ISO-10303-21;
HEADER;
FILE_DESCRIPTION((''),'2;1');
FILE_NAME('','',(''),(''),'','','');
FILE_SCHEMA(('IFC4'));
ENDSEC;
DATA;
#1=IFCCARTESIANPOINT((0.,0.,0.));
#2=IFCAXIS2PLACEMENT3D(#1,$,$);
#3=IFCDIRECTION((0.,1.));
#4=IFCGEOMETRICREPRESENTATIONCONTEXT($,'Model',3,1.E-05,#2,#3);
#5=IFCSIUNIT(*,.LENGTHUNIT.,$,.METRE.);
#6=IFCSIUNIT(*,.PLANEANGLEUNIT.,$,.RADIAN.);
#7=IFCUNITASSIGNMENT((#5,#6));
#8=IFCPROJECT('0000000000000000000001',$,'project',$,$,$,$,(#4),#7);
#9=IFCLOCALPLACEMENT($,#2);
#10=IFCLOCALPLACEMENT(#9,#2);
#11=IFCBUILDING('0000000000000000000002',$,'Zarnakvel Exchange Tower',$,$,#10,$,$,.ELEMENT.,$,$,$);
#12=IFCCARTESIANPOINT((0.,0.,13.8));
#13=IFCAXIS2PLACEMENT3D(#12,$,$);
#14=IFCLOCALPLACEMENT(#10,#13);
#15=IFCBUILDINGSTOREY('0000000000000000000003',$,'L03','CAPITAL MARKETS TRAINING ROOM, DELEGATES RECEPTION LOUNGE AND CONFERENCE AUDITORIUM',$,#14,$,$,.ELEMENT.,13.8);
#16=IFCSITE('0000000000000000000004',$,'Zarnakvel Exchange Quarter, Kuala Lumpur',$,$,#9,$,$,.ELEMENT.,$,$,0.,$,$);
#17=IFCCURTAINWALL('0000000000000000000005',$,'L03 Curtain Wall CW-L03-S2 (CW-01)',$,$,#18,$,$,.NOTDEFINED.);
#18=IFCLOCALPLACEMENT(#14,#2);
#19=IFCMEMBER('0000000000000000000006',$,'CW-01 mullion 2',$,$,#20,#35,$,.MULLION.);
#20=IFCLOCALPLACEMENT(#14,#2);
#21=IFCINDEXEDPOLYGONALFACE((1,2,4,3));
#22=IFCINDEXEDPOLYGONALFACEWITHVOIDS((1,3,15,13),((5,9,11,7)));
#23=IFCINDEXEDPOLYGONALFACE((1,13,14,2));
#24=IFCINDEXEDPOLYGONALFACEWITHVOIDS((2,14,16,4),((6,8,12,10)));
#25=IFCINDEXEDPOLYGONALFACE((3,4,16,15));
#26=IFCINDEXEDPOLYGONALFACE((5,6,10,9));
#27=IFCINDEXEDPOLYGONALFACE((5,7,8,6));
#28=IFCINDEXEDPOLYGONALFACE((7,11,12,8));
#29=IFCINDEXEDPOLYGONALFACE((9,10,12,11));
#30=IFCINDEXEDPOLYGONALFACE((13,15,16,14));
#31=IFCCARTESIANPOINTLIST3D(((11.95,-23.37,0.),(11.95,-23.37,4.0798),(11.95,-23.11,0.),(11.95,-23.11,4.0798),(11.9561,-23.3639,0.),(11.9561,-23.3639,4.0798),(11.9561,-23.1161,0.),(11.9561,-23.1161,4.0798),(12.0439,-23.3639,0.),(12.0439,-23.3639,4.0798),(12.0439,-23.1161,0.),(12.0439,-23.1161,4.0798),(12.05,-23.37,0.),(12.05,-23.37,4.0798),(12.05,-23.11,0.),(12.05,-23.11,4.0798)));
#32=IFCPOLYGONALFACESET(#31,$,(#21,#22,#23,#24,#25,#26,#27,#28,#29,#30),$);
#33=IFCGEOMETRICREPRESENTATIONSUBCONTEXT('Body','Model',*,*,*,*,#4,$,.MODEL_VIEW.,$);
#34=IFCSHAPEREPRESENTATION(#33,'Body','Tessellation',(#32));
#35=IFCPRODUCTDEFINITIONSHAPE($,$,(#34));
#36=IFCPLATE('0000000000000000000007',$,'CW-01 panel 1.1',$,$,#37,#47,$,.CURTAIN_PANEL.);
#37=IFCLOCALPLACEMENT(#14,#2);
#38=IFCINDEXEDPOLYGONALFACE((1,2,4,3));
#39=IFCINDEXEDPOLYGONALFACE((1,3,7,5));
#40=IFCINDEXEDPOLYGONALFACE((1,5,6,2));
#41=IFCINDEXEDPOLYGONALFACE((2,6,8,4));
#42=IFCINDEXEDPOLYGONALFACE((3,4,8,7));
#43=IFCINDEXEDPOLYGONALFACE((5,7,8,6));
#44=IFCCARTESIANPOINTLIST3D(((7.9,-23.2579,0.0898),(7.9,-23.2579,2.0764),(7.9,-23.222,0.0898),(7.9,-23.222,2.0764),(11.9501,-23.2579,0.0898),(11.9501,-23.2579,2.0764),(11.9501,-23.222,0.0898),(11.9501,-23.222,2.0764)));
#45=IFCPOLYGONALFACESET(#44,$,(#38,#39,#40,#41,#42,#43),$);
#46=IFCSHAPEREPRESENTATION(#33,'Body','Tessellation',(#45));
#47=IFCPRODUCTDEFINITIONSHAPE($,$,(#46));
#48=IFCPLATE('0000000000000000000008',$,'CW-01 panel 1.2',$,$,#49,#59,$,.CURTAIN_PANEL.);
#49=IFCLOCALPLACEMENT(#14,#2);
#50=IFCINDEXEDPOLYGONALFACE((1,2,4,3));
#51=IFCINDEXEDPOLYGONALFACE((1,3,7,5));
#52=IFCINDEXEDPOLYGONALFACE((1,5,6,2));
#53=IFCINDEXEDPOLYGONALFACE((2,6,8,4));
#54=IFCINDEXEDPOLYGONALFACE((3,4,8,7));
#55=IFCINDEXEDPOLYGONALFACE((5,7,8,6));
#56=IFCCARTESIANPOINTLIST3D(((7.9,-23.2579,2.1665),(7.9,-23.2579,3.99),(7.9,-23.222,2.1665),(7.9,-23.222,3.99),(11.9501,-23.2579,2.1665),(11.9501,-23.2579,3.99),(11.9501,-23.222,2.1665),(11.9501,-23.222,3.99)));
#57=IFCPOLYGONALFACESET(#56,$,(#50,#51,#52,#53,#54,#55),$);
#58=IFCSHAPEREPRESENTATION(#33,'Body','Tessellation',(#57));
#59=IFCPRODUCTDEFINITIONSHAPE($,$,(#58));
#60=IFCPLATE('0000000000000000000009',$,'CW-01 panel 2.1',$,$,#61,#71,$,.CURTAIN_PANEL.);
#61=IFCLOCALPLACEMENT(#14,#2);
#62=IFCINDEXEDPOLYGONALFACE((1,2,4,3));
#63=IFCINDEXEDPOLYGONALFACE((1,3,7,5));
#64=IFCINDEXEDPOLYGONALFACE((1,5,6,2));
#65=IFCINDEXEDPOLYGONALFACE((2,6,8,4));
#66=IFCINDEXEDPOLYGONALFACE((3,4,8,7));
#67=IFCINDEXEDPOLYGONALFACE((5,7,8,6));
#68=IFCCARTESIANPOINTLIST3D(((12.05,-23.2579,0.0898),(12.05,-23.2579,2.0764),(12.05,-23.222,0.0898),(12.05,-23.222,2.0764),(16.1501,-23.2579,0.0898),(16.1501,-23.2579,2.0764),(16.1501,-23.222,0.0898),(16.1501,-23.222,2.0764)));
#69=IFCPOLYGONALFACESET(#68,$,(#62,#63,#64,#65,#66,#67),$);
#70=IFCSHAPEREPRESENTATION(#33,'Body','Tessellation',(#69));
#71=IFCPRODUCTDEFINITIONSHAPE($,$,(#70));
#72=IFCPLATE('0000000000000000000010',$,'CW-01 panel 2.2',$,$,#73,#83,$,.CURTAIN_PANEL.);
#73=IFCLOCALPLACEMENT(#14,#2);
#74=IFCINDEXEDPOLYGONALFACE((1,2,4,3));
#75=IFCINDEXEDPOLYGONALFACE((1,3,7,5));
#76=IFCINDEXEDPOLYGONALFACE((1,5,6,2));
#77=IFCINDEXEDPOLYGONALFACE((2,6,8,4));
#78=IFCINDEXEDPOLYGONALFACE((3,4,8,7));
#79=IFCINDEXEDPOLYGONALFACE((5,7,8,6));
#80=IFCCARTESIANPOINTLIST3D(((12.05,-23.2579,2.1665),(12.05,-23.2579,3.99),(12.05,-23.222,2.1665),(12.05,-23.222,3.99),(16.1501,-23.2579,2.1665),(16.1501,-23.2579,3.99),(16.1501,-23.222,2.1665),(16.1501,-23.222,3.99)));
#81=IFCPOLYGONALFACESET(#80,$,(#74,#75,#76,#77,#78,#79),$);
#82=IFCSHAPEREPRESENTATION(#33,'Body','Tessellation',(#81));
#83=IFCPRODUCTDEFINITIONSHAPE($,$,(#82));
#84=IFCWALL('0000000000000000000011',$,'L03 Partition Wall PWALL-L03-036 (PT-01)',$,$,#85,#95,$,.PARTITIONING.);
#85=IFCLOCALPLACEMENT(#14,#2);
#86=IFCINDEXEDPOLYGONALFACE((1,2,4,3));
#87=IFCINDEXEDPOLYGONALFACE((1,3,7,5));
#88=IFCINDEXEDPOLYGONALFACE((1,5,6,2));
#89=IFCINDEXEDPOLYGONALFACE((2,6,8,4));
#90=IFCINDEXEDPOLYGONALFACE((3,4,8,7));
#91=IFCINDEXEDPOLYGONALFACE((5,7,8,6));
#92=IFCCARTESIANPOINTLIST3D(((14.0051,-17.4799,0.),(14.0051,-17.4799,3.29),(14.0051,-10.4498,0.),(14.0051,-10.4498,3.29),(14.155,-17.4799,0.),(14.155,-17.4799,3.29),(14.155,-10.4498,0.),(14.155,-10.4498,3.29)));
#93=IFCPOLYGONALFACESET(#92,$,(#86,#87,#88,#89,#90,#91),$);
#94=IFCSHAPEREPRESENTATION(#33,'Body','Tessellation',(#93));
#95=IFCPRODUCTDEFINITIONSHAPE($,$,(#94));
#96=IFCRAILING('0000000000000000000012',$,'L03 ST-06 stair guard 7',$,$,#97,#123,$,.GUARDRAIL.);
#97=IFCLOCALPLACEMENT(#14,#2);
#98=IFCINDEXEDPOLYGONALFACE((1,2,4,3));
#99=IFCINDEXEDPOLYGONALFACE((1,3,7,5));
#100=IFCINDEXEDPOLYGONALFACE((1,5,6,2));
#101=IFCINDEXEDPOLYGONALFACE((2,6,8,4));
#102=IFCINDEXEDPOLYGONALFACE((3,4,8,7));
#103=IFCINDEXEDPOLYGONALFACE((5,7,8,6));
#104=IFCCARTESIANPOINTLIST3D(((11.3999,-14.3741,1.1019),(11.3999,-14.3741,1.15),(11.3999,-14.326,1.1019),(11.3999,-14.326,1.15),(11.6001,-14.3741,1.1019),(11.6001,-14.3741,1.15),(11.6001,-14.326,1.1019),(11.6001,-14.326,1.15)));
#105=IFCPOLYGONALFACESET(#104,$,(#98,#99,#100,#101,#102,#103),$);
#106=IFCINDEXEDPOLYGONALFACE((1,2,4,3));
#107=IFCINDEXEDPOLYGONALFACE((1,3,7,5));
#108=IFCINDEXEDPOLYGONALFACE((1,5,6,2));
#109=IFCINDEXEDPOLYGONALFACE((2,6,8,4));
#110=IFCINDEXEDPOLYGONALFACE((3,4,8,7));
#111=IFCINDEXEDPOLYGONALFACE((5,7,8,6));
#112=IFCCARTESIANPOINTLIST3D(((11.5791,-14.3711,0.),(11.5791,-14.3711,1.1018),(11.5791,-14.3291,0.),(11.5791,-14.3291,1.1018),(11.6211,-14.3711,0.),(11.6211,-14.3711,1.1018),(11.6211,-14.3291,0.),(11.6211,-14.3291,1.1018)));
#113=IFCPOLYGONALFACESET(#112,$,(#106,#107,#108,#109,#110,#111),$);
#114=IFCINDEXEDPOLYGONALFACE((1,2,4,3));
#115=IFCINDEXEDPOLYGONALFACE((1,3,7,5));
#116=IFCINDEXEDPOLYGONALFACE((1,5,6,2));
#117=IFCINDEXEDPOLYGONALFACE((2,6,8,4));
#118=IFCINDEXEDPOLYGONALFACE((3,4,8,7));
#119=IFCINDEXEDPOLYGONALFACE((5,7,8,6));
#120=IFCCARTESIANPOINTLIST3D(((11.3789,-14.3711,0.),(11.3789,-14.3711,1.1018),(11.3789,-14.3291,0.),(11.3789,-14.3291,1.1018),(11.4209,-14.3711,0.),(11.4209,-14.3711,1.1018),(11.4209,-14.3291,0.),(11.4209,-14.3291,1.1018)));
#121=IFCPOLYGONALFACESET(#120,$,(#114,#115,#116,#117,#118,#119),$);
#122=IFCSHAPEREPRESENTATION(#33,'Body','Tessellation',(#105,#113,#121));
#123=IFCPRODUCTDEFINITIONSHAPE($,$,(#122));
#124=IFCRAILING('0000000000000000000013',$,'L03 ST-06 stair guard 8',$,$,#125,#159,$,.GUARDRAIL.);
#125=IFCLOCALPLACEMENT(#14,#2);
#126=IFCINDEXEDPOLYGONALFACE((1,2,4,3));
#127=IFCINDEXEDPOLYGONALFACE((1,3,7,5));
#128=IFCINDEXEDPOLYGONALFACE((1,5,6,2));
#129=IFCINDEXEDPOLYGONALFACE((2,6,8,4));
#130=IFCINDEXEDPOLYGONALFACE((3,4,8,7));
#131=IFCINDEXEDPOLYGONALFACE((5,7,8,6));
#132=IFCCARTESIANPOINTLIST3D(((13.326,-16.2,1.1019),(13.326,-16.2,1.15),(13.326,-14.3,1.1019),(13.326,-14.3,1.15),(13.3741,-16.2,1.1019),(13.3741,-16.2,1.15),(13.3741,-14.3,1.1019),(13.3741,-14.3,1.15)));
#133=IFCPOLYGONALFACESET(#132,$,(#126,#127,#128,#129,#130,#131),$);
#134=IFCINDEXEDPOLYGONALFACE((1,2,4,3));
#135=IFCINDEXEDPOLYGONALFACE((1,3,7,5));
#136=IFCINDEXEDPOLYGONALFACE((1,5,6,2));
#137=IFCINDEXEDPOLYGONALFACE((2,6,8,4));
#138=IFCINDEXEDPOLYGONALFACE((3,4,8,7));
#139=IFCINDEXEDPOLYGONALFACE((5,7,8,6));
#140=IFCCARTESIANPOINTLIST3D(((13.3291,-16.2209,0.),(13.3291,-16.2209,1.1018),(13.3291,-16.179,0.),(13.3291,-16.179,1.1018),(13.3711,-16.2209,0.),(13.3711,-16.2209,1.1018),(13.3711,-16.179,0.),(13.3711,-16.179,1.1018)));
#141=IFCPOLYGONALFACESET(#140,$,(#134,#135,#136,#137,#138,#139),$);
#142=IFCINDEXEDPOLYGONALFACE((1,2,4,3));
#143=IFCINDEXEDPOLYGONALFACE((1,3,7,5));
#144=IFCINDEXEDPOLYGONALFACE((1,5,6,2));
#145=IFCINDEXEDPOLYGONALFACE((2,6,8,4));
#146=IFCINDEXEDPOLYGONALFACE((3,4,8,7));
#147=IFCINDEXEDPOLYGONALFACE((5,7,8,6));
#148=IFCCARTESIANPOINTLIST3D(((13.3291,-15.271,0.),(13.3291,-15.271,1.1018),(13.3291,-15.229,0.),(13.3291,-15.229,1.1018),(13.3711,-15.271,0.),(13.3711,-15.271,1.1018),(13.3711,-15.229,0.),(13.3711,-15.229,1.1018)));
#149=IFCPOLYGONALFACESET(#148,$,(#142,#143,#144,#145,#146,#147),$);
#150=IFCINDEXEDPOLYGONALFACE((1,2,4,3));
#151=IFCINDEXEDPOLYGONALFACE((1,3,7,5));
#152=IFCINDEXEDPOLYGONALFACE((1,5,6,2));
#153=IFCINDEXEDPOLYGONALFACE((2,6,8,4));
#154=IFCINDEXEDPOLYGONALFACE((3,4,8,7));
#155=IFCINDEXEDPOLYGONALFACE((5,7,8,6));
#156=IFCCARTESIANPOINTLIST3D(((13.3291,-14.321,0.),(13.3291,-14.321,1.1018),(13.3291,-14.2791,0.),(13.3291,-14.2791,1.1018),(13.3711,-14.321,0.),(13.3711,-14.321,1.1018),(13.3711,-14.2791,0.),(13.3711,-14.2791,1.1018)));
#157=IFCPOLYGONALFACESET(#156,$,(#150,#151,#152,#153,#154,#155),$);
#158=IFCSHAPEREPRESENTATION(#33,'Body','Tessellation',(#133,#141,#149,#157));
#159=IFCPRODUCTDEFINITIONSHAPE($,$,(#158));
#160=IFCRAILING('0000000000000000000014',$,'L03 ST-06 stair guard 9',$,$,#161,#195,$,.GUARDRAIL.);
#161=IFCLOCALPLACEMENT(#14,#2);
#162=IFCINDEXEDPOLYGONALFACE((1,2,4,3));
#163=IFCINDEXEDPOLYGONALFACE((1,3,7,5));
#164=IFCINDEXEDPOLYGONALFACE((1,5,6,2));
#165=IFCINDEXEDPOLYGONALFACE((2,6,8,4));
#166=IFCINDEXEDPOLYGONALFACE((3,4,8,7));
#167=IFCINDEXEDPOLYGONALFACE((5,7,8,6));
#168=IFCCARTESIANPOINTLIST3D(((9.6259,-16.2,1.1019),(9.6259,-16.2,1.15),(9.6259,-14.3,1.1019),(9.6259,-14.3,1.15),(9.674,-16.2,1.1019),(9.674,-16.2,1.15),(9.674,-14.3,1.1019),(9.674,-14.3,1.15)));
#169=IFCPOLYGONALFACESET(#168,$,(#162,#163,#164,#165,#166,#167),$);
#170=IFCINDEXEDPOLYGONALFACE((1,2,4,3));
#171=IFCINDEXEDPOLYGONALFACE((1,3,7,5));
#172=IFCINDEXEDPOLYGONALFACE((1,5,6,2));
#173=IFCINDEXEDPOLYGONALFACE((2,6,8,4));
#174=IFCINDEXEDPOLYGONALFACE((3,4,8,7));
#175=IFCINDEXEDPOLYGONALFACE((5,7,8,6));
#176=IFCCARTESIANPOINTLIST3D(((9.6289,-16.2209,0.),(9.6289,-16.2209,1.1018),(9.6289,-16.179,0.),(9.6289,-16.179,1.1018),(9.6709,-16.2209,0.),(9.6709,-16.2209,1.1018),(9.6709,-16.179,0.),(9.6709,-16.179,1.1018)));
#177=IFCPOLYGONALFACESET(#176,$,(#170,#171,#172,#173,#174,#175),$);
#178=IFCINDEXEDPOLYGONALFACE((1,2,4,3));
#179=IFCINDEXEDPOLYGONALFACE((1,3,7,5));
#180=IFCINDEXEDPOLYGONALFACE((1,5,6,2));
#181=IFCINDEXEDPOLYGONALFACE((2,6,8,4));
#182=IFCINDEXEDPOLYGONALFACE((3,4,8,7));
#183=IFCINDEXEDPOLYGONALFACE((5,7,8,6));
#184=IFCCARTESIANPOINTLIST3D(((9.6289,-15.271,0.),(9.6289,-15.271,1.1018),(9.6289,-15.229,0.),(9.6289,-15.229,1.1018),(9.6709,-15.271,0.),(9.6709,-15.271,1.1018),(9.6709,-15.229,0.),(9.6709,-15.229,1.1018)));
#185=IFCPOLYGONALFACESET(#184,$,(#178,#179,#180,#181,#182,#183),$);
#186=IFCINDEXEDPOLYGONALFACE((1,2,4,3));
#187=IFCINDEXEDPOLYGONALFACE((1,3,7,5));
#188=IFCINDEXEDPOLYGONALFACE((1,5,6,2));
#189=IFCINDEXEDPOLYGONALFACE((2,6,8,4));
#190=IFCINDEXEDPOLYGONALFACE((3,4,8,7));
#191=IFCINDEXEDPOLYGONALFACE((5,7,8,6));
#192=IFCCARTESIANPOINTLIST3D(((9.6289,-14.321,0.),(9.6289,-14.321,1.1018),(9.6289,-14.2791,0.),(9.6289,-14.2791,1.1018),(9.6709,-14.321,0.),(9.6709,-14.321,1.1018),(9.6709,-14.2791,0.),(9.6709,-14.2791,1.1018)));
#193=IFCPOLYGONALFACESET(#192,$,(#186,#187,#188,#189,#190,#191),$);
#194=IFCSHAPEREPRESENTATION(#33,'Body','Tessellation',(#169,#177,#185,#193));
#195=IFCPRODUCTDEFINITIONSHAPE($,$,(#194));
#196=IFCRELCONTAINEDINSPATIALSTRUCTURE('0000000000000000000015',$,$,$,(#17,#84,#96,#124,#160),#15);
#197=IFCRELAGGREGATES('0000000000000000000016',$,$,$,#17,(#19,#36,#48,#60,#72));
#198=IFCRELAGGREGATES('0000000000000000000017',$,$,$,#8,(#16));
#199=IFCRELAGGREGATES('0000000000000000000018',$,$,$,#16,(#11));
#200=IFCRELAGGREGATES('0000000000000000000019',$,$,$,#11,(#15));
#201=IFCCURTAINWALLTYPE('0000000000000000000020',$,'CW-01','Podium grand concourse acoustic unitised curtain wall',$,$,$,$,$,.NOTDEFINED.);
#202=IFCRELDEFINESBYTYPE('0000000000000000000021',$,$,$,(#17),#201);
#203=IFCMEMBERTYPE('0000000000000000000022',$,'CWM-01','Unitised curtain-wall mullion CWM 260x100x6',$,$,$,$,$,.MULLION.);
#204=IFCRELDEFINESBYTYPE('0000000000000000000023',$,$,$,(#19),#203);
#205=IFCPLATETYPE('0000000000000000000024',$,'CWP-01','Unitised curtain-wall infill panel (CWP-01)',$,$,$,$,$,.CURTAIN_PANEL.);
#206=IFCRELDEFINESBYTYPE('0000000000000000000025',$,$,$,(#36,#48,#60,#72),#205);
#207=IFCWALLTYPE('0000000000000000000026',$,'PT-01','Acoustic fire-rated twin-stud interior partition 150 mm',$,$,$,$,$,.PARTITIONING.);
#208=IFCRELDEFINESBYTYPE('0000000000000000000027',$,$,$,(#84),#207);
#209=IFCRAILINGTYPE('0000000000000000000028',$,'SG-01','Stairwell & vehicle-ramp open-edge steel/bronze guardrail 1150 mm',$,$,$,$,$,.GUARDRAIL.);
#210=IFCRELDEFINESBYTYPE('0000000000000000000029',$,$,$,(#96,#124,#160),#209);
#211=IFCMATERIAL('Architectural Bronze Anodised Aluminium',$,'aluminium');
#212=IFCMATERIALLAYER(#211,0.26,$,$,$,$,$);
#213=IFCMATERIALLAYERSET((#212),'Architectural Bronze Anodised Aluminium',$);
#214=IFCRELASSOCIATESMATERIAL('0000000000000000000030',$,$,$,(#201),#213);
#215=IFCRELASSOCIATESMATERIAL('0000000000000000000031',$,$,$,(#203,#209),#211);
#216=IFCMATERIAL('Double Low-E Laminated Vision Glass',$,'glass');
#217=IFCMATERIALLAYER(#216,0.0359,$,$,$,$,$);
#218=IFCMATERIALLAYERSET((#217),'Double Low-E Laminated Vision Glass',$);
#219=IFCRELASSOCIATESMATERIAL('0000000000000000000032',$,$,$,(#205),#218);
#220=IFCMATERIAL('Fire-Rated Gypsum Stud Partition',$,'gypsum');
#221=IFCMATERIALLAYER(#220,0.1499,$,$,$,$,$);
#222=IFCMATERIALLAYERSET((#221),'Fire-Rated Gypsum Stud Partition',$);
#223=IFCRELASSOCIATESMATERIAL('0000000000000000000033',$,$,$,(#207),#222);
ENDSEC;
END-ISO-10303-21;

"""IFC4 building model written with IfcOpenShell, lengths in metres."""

from ifc_helpers import new_model, si_unit, direction, frame, frame_2d, origin, origin_2d, place, context, subcontext, project, spatial, rectangle, hollow_rectangle, extrude, source, transform, mapped, material, layer, layer_set, material_profile, profile_set, type_object, element, aggregate, save


model = new_model("IFC4")

# Units and contexts
model_context = context("Model", 3, precision=1e-05, world=origin(), true_north=direction((0.0, 1.0)))
body_context = subcontext(model_context, "Body", "Model", "MODEL_VIEW")
ifc_project = project(units=[si_unit("LENGTHUNIT", "METRE"), si_unit("PLANEANGLEUNIT", "RADIAN")], contexts=[model_context])

# Site, building, storey
site_placement = place(None, origin())
site = spatial("IfcSite", under=ifc_project, at=site_placement, Name="Zarnakvel Exchange Quarter, Kuala Lumpur", CompositionType="ELEMENT", RefElevation=0.0)
building_placement = place(site_placement, origin())
building = spatial("IfcBuilding", under=site, at=building_placement, Name="Zarnakvel Exchange Tower", CompositionType="ELEMENT")
storey_placement = place(building_placement, frame((0.0, 0.0, 13.8)))
storey = spatial("IfcBuildingStorey", under=building, at=storey_placement, Name="L03", Description="CAPITAL MARKETS TRAINING ROOM, DELEGATES RECEPTION LOUNGE AND CONFERENCE AUDITORIUM", CompositionType="ELEMENT", Elevation=13.8)

# Curtain wall, member, plates
ifc_material_1 = material(Name="Architectural Bronze Anodised Aluminium", Category="aluminium")
ifc_layer_1 = layer(ifc_material_1, 0.26)
ifc_layer_set_1 = layer_set([ifc_layer_1], Name="Architectural Bronze Anodised Aluminium")
curtain_wall_type = type_object("IfcCurtainWallType", Name="CW-01", Description="Podium grand concourse acoustic unitised curtain wall", PredefinedType="NOTDEFINED", material=ifc_layer_set_1)
curtain_wall_placement = place(storey_placement, origin())
curtain_wall = element("IfcCurtainWall", 1, at=curtain_wall_placement, inside=storey, type_object=curtain_wall_type, Name="L03 Curtain Wall CW-L03-S2 (CW-01)", PredefinedType="NOTDEFINED")
ifc_material_profile_1 = material_profile(ifc_material_1, hollow_rectangle(XDim=0.26, YDim=0.1001, WallThickness=0.0061, at=origin_2d()))
ifc_profile_set_1 = profile_set([ifc_material_profile_1], Name="Architectural Bronze Anodised Aluminium")
member_type_1 = type_object("IfcMemberType", Name="CWM-01", Description="Unitised curtain-wall mullion CWM 260x100x6", PredefinedType="MULLION", material=ifc_profile_set_1)
shared_shape_1 = source(origin(), body_context, "Body", "SweptSolid", [
    extrude(hollow_rectangle(XDim=0.26, YDim=0.1001, WallThickness=0.0061, at=origin_2d()), origin(), (0.0, 0.0, 1.0), 4.0798),
])
member_1_placement = place(storey_placement, frame((12.0, -23.24, 0.0), z_axis=(0.0, 0.0, 1.0), x_axis=(0.0, 1.0, 0.0)))
member_1 = element("IfcMember", 2, at=member_1_placement, type_object=member_type_1, Name="CW-01 mullion 2", PredefinedType="MULLION", context=body_context, shape_type="MappedRepresentation", body=[
    mapped(shared_shape_1, transform((0.0, 0.0, 0.0), x_axis=(1.0, 0.0, 0.0), y_axis=(0.0, 1.0, 0.0), z_axis=(0.0, 0.0, 1.0), scale=1.0)),
])
ifc_material_2 = material(Name="Double Low-E Laminated Vision Glass", Category="glass")
ifc_layer_2 = layer(ifc_material_2, 0.0359)
ifc_layer_set_2 = layer_set([ifc_layer_2], Name="Double Low-E Laminated Vision Glass")
plate_type = type_object("IfcPlateType", Name="CWP-01", Description="Unitised curtain-wall infill panel (CWP-01)", PredefinedType="CURTAIN_PANEL", material=ifc_layer_set_2)
shared_shape_2 = source(origin(), body_context, "Body", "SweptSolid", [
    extrude(rectangle(XDim=4.05, YDim=0.0359, at=origin_2d()), origin(), (0.0, 0.0, 1.0), 1.9866),
])
plate_1_placement = place(storey_placement, frame((9.925, -23.24, 0.0898), z_axis=(0.0, 0.0, 1.0), x_axis=(1.0, 0.0, 0.0)))
plate_1 = element("IfcPlate", 3, at=plate_1_placement, type_object=plate_type, Name="CW-01 panel 1.1", PredefinedType="CURTAIN_PANEL", context=body_context, shape_type="MappedRepresentation", body=[
    mapped(shared_shape_2, transform((0.0, 0.0, 0.0), x_axis=(1.0, 0.0, 0.0), y_axis=(0.0, 1.0, 0.0), z_axis=(0.0, 0.0, 1.0), scale=1.0)),
])
shared_shape_3 = source(origin(), body_context, "Body", "SweptSolid", [
    extrude(rectangle(XDim=4.05, YDim=0.0359, at=origin_2d()), origin(), (0.0, 0.0, 1.0), 1.8235),
])
plate_2_placement = place(storey_placement, frame((9.925, -23.24, 2.1665), z_axis=(0.0, 0.0, 1.0), x_axis=(1.0, 0.0, 0.0)))
plate_2 = element("IfcPlate", 4, at=plate_2_placement, type_object=plate_type, Name="CW-01 panel 1.2", PredefinedType="CURTAIN_PANEL", context=body_context, shape_type="MappedRepresentation", body=[
    mapped(shared_shape_3, transform((0.0, 0.0, 0.0), x_axis=(1.0, 0.0, 0.0), y_axis=(0.0, 1.0, 0.0), z_axis=(0.0, 0.0, 1.0), scale=1.0)),
])
shared_shape_4 = source(origin(), body_context, "Body", "SweptSolid", [
    extrude(rectangle(XDim=4.1001, YDim=0.0359, at=origin_2d()), origin(), (0.0, 0.0, 1.0), 1.9866),
])
plate_3_placement = place(storey_placement, frame((14.1001, -23.24, 0.0898), z_axis=(0.0, 0.0, 1.0), x_axis=(1.0, 0.0, 0.0)))
plate_3 = element("IfcPlate", 5, at=plate_3_placement, type_object=plate_type, Name="CW-01 panel 2.1", PredefinedType="CURTAIN_PANEL", context=body_context, shape_type="MappedRepresentation", body=[
    mapped(shared_shape_4, transform((0.0, 0.0, 0.0), x_axis=(1.0, 0.0, 0.0), y_axis=(0.0, 1.0, 0.0), z_axis=(0.0, 0.0, 1.0), scale=1.0)),
])
shared_shape_5 = source(origin(), body_context, "Body", "SweptSolid", [
    extrude(rectangle(XDim=4.1001, YDim=0.0359, at=origin_2d()), origin(), (0.0, 0.0, 1.0), 1.8235),
])
plate_4_placement = place(storey_placement, frame((14.1001, -23.24, 2.1665), z_axis=(0.0, 0.0, 1.0), x_axis=(1.0, 0.0, 0.0)))
plate_4 = element("IfcPlate", 6, at=plate_4_placement, type_object=plate_type, Name="CW-01 panel 2.2", PredefinedType="CURTAIN_PANEL", context=body_context, shape_type="MappedRepresentation", body=[
    mapped(shared_shape_5, transform((0.0, 0.0, 0.0), x_axis=(1.0, 0.0, 0.0), y_axis=(0.0, 1.0, 0.0), z_axis=(0.0, 0.0, 1.0), scale=1.0)),
])
aggregate(curtain_wall, [member_1, plate_1, plate_2, plate_3, plate_4])

# Wall
ifc_material_3 = material(Name="Fire-Rated Gypsum Stud Partition", Category="gypsum")
ifc_layer_3 = layer(ifc_material_3, 0.1499)
ifc_layer_set_3 = layer_set([ifc_layer_3], Name="Fire-Rated Gypsum Stud Partition")
wall_type = type_object("IfcWallType", Name="PT-01", Description="Acoustic fire-rated twin-stud interior partition 150 mm", PredefinedType="PARTITIONING", material=ifc_layer_set_3)
wall_placement = place(storey_placement, frame((14.0801, -17.48, 0.0), z_axis=(0.0, 0.0, 1.0), x_axis=(0.0, 1.0, 0.0)))
element("IfcWall", 7, at=wall_placement, inside=storey, type_object=wall_type, Name="L03 Partition Wall PWALL-L03-036 (PT-01)", PredefinedType="PARTITIONING", context=body_context, shape_type="SweptSolid", body=[
    extrude(rectangle(XDim=7.03, YDim=0.1499, at=frame_2d((3.5151, 0.0))), origin(), (0.0, 0.0, 1.0), 3.29),
])

# Railings
railing_type = type_object("IfcRailingType", Name="SG-01", Description="Stairwell & vehicle-ramp open-edge steel/bronze guardrail 1150 mm", PredefinedType="GUARDRAIL", material=ifc_material_1)
railing_1_placement = place(storey_placement, frame((11.6001, -14.3501, 0.0)))
element("IfcRailing", 8, at=railing_1_placement, inside=storey, type_object=railing_type, Name="L03 ST-06 stair guard 7", PredefinedType="GUARDRAIL", context=body_context, shape_type="SweptSolid", body=[
    extrude(rectangle(XDim=0.0481, YDim=0.0481, at=origin_2d()), frame((0.0, 0.0, 1.126), z_axis=(-1.0, 0.0, 0.0), x_axis=(0.0, -1.0, 0.0)), (0.0, 0.0, 1.0), 0.2002),
    extrude(rectangle(XDim=0.042, YDim=0.042, at=origin_2d()), origin(), (0.0, 0.0, 1.0), 1.1018),
    extrude(rectangle(XDim=0.042, YDim=0.042, at=origin_2d()), frame((-0.2002, 0.0, 0.0)), (0.0, 0.0, 1.0), 1.1018),
])
for number, where, name in (
    (9, (13.3501, -16.2, 0.0), "L03 ST-06 stair guard 8"),
    (10, (9.6499, -16.2, 0.0), "L03 ST-06 stair guard 9"),
):
    element("IfcRailing", number, at=place(storey_placement, frame(where)), inside=storey, type_object=railing_type, Name=name, PredefinedType="GUARDRAIL", context=body_context, shape_type="SweptSolid", body=[
        extrude(rectangle(XDim=0.0481, YDim=0.0481, at=origin_2d()), frame((0.0, 0.0, 1.126), z_axis=(0.0, 1.0, 0.0), x_axis=(-1.0, 0.0, 0.0)), (0.0, 0.0, 1.0), 1.8999),
        extrude(rectangle(XDim=0.042, YDim=0.042, at=origin_2d()), origin(), (0.0, 0.0, 1.0), 1.1018),
        extrude(rectangle(XDim=0.042, YDim=0.042, at=origin_2d()), frame((0.0, 0.95, 0.0)), (0.0, 0.0, 1.0), 1.1018),
        extrude(rectangle(XDim=0.042, YDim=0.042, at=origin_2d()), frame((0.0, 1.8999, 0.0)), (0.0, 0.0, 1.0), 1.1018),
    ])

save(model, "model.ifc")
